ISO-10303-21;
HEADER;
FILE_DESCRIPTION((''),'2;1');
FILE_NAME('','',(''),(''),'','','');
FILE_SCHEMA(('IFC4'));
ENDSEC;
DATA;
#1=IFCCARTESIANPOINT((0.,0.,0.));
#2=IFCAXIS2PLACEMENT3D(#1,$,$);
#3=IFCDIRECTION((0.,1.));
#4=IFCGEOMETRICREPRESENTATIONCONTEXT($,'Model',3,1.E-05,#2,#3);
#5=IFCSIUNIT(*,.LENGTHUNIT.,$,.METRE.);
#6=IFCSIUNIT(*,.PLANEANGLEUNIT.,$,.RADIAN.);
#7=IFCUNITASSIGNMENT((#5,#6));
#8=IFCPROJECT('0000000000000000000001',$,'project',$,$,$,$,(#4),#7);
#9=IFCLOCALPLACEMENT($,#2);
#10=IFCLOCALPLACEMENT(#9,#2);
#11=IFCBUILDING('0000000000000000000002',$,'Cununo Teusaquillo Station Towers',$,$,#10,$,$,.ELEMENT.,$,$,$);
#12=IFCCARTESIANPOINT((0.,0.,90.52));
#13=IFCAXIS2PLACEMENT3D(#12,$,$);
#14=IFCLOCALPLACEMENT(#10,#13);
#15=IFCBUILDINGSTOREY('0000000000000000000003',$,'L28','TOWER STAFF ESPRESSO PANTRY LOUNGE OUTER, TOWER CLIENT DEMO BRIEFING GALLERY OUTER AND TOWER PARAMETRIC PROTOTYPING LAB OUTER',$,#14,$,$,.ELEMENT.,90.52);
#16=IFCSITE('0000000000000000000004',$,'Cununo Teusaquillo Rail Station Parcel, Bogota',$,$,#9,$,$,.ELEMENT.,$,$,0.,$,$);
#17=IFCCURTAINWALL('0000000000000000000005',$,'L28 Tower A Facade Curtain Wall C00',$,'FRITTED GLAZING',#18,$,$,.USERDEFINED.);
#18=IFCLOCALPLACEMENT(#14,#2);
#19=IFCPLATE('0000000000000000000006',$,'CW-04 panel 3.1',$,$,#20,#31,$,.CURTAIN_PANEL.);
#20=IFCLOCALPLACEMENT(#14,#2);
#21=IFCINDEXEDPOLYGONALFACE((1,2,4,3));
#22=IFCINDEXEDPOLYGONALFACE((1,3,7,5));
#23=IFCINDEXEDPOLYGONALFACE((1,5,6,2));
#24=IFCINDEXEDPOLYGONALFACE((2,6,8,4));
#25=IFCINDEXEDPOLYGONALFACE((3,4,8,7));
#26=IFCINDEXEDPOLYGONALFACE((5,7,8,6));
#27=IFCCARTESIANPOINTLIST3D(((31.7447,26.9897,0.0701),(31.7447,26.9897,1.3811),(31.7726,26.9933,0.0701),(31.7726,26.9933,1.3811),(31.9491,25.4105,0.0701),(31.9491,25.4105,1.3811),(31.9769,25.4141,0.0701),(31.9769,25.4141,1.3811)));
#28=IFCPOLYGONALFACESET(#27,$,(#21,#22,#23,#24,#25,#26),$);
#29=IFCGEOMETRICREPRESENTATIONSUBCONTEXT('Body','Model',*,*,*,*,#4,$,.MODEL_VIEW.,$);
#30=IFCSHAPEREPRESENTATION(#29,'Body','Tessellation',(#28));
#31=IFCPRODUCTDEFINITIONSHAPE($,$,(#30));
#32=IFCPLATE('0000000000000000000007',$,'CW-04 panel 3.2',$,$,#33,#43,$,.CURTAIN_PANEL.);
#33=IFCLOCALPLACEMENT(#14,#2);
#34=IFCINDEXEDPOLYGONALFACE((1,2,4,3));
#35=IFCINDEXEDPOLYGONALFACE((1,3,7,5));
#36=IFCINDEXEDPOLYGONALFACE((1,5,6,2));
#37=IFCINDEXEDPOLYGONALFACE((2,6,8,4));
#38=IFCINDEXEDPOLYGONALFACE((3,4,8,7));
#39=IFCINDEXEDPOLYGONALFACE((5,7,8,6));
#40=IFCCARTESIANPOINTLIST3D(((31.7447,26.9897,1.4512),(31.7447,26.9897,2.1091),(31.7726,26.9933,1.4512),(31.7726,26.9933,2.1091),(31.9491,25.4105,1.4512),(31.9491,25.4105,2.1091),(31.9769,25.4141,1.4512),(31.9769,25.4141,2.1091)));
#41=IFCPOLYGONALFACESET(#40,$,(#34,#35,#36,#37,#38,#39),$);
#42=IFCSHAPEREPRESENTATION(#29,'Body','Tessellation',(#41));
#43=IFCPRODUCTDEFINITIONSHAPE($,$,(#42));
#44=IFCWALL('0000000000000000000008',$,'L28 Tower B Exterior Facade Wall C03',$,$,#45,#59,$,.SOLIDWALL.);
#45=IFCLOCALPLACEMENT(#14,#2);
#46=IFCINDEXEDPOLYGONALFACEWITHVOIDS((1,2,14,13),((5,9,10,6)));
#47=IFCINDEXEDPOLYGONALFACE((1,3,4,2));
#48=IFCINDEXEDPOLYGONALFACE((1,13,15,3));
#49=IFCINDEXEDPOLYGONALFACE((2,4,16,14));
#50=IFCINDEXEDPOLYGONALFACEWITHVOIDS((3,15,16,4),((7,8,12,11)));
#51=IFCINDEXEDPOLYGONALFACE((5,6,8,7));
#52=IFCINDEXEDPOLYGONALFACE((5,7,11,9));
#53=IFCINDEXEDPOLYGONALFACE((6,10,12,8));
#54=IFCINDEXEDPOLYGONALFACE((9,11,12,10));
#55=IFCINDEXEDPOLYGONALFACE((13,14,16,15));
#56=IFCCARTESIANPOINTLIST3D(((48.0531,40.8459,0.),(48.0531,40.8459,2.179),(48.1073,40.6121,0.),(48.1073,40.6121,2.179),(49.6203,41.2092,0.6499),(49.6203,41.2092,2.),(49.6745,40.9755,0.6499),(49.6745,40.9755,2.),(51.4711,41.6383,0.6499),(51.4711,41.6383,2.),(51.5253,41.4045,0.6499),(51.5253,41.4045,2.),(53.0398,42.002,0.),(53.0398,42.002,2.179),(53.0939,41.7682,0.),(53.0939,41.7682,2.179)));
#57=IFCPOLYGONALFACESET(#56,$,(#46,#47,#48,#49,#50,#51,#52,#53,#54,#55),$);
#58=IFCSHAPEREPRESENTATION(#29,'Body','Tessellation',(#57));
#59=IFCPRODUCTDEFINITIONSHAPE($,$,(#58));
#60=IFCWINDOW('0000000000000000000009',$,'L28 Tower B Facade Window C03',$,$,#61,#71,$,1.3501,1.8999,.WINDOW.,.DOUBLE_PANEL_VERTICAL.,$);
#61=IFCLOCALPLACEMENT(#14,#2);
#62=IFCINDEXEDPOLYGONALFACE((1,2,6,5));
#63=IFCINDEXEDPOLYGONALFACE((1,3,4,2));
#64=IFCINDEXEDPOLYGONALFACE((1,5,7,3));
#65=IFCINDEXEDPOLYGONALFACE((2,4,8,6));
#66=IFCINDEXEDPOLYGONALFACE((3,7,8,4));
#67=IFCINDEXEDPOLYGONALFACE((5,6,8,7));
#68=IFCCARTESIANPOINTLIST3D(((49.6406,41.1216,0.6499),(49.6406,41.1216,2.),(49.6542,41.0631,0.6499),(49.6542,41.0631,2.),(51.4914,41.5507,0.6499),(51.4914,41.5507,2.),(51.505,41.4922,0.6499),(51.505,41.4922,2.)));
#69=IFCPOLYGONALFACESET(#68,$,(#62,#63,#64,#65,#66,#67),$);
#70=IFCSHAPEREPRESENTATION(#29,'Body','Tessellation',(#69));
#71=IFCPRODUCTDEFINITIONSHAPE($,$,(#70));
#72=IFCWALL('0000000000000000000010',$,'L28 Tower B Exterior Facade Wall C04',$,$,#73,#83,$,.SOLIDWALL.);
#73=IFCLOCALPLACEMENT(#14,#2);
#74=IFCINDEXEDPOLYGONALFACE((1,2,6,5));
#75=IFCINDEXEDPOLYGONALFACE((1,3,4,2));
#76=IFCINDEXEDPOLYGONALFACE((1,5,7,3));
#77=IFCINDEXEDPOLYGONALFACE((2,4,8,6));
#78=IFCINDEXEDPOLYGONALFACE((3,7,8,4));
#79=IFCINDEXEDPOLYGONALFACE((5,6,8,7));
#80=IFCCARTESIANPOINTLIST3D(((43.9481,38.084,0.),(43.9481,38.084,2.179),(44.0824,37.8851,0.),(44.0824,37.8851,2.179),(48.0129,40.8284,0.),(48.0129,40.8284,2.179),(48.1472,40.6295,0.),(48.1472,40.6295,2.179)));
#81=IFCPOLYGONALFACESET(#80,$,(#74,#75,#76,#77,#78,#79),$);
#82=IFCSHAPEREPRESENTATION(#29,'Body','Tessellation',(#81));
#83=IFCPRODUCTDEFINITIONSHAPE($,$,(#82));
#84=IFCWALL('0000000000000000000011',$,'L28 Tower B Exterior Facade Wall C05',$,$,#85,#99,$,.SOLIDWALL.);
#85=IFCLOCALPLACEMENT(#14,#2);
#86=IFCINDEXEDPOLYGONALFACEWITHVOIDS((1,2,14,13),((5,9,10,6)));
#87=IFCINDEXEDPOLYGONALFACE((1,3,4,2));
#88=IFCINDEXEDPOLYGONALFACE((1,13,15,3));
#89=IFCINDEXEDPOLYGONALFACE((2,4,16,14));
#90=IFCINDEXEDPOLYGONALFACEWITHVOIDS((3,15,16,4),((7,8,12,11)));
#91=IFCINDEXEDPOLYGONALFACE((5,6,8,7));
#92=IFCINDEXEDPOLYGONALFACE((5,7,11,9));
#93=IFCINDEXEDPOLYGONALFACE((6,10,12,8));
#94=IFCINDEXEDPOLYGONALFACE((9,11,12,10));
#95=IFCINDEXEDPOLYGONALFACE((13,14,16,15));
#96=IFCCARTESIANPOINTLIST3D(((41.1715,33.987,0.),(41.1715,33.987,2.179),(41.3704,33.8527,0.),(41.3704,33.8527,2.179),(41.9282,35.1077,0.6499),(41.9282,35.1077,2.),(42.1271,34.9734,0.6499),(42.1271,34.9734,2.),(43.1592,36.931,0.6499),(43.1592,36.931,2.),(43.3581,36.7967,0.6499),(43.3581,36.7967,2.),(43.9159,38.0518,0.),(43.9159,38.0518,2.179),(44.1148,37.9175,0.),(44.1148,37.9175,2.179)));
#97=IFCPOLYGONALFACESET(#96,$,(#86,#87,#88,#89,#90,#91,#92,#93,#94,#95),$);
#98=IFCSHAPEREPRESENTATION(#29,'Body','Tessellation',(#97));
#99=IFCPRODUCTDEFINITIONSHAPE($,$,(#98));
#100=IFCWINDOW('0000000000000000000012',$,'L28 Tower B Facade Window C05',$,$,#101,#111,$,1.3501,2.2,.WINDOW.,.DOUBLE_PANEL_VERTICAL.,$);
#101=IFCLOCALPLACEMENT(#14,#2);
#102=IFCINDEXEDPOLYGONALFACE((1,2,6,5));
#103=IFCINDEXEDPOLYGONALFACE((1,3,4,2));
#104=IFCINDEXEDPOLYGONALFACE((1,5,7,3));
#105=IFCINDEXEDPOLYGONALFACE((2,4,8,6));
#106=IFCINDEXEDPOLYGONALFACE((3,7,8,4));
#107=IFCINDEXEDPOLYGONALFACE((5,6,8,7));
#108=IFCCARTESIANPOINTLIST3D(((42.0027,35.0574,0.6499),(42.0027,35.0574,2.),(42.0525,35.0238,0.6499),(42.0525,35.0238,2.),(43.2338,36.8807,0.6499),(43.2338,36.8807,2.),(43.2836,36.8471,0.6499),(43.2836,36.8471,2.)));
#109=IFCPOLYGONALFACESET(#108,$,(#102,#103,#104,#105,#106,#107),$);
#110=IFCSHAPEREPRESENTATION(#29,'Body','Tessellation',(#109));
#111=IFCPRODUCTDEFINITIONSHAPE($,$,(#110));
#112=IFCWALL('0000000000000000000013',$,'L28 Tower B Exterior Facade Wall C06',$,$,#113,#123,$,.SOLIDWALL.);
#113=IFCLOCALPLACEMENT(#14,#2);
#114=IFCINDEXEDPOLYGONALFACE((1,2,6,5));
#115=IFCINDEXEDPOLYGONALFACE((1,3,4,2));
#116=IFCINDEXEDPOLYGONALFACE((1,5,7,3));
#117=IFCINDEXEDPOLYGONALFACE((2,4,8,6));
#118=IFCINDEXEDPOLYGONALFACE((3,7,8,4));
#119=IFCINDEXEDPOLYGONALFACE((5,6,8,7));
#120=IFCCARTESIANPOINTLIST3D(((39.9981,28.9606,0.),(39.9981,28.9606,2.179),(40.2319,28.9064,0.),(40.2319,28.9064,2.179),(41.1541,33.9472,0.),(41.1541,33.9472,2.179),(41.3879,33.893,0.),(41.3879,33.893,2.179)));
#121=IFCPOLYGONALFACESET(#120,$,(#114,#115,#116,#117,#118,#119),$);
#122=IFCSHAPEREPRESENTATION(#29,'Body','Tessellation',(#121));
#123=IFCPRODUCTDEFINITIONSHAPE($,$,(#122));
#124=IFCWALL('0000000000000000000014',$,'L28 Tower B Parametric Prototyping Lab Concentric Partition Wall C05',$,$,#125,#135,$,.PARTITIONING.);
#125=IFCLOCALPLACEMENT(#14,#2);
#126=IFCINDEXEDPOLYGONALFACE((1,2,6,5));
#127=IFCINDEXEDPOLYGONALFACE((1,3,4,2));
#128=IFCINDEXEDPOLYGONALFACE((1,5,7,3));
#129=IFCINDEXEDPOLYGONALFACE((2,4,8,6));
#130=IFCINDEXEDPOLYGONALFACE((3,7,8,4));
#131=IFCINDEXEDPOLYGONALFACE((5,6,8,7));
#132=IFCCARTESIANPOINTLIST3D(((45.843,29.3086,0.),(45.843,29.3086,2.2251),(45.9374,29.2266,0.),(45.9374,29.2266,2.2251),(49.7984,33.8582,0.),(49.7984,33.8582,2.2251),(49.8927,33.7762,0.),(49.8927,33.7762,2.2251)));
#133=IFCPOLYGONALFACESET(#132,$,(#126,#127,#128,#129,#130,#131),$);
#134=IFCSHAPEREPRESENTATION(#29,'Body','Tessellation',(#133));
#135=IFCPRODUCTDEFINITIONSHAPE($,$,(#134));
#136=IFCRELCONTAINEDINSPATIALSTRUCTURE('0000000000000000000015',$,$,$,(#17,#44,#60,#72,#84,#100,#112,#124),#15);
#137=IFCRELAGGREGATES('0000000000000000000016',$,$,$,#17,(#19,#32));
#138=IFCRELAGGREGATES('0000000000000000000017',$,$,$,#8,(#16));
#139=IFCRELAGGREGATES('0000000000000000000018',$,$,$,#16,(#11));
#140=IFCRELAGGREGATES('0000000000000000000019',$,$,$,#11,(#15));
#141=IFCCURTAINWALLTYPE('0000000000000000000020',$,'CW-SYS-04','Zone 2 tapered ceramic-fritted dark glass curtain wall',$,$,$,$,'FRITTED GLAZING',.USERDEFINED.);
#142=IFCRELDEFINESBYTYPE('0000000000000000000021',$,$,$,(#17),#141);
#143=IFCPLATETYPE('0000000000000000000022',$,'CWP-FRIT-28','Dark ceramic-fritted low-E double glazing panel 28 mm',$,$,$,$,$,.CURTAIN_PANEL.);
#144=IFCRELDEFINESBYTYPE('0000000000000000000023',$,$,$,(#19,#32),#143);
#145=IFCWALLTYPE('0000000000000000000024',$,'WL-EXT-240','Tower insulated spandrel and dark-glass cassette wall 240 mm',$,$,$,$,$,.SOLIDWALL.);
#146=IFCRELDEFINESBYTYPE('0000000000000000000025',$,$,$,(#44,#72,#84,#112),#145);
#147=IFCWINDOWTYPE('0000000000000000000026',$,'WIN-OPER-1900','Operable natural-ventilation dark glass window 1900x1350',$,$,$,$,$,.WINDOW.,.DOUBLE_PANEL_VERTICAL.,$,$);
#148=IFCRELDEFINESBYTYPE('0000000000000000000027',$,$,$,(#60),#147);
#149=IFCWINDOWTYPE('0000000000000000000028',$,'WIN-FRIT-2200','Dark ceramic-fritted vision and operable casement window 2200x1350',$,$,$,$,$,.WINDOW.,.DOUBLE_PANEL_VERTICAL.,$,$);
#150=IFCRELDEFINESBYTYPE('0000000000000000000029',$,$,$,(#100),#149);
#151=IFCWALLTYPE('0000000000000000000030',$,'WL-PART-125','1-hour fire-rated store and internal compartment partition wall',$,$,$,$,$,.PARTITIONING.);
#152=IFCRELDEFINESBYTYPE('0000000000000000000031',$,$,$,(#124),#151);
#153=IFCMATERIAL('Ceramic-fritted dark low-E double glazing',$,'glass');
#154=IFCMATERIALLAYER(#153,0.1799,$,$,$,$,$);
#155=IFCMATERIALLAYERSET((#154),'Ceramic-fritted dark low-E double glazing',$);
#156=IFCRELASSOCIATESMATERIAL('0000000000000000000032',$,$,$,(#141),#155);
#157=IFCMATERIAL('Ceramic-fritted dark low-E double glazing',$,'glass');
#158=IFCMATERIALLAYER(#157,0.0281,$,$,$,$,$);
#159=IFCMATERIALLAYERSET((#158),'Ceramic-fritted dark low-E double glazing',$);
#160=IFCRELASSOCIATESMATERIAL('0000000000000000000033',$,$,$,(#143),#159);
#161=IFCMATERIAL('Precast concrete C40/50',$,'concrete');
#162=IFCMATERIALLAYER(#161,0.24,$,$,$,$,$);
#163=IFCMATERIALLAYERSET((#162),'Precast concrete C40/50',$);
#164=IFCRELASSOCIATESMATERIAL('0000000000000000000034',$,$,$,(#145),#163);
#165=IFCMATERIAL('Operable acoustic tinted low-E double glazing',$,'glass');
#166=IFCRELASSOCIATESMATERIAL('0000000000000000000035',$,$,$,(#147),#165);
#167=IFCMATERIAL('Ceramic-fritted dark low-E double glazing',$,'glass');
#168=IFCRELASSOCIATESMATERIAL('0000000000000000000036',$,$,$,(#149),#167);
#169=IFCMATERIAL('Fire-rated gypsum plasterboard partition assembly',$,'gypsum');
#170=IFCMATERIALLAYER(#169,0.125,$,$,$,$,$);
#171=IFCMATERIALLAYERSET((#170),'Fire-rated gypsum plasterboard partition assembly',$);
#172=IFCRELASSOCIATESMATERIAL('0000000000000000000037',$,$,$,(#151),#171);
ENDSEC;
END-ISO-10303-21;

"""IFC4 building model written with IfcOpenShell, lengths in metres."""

from ifc_helpers import new_model, si_unit, direction, frame, frame_2d, origin, origin_2d, place, context, subcontext, project, spatial, rectangle, extrude, source, transform, mapped, material, layer, layer_set, type_object, element, fill, aggregate, save


model = new_model("IFC4")

# Units and contexts
model_context = context("Model", 3, precision=1e-05, world=origin(), true_north=direction((0.0, 1.0)))
body_context = subcontext(model_context, "Body", "Model", "MODEL_VIEW")
ifc_project = project(units=[si_unit("LENGTHUNIT", "METRE"), si_unit("PLANEANGLEUNIT", "RADIAN")], contexts=[model_context])

# Site, building, storey
site_placement = place(None, origin())
site = spatial("IfcSite", under=ifc_project, at=site_placement, Name="Cununo Teusaquillo Rail Station Parcel, Bogota", CompositionType="ELEMENT", RefElevation=0.0)
building_placement = place(site_placement, origin())
building = spatial("IfcBuilding", under=site, at=building_placement, Name="Cununo Teusaquillo Station Towers", CompositionType="ELEMENT")
storey_placement = place(building_placement, frame((0.0, 0.0, 90.52)))
storey = spatial("IfcBuildingStorey", under=building, at=storey_placement, Name="L28", Description="TOWER STAFF ESPRESSO PANTRY LOUNGE OUTER, TOWER CLIENT DEMO BRIEFING GALLERY OUTER AND TOWER PARAMETRIC PROTOTYPING LAB OUTER", CompositionType="ELEMENT", Elevation=90.52)

# Curtain wall, plates
ifc_material_1 = material(Name="Ceramic-fritted dark low-E double glazing", Category="glass")
ifc_layer_1 = layer(ifc_material_1, 0.1799)
ifc_layer_set_1 = layer_set([ifc_layer_1], Name="Ceramic-fritted dark low-E double glazing")
curtain_wall_type = type_object("IfcCurtainWallType", Name="CW-SYS-04", Description="Zone 2 tapered ceramic-fritted dark glass curtain wall", ElementType="FRITTED GLAZING", PredefinedType="USERDEFINED", material=ifc_layer_set_1)
curtain_wall_placement = place(storey_placement, origin())
curtain_wall = element("IfcCurtainWall", 1, at=curtain_wall_placement, inside=storey, type_object=curtain_wall_type, Name="L28 Tower A Facade Curtain Wall C00", ObjectType="FRITTED GLAZING", PredefinedType="USERDEFINED")
ifc_material_2 = material(Name="Ceramic-fritted dark low-E double glazing", Category="glass")
ifc_layer_2 = layer(ifc_material_2, 0.0281)
ifc_layer_set_2 = layer_set([ifc_layer_2], Name="Ceramic-fritted dark low-E double glazing")
plate_type = type_object("IfcPlateType", Name="CWP-FRIT-28", Description="Dark ceramic-fritted low-E double glazing panel 28 mm", PredefinedType="CURTAIN_PANEL", material=ifc_layer_set_2)
shared_shape_1 = source(origin(), body_context, "Body", "SweptSolid", [
    extrude(rectangle(XDim=1.5923, YDim=0.0281, at=origin_2d()), origin(), (0.0, 0.0, 1.0), 1.311),
])
plate_1_placement = place(storey_placement, frame((31.8608, 26.2019, 0.0701), z_axis=(0.0, 0.0, 1.0), x_axis=(0.128336, -0.991731, 0.0)))
plate_1 = element("IfcPlate", 2, at=plate_1_placement, type_object=plate_type, Name="CW-04 panel 3.1", PredefinedType="CURTAIN_PANEL", context=body_context, shape_type="MappedRepresentation", body=[
    mapped(shared_shape_1, transform((0.0, 0.0, 0.0), x_axis=(1.0, 0.0, 0.0), y_axis=(0.0, 1.0, 0.0), z_axis=(0.0, 0.0, 1.0), scale=1.0)),
])
shared_shape_2 = source(origin(), body_context, "Body", "SweptSolid", [
    extrude(rectangle(XDim=1.5923, YDim=0.0281, at=origin_2d()), origin(), (0.0, 0.0, 1.0), 0.658),
])
plate_2_placement = place(storey_placement, frame((31.8608, 26.2019, 1.4512), z_axis=(0.0, 0.0, 1.0), x_axis=(0.128336, -0.991731, 0.0)))
plate_2 = element("IfcPlate", 3, at=plate_2_placement, type_object=plate_type, Name="CW-04 panel 3.2", PredefinedType="CURTAIN_PANEL", context=body_context, shape_type="MappedRepresentation", body=[
    mapped(shared_shape_2, transform((0.0, 0.0, 0.0), x_axis=(1.0, 0.0, 0.0), y_axis=(0.0, 1.0, 0.0), z_axis=(0.0, 0.0, 1.0), scale=1.0)),
])
aggregate(curtain_wall, [plate_1, plate_2])

# Wall, opening, window
ifc_material_3 = material(Name="Precast concrete C40/50", Category="concrete")
ifc_layer_3 = layer(ifc_material_3, 0.24)
ifc_layer_set_3 = layer_set([ifc_layer_3], Name="Precast concrete C40/50")
wall_type_1 = type_object("IfcWallType", Name="WL-EXT-240", Description="Tower insulated spandrel and dark-glass cassette wall 240 mm", PredefinedType="SOLIDWALL", material=ifc_layer_set_3)
wall_1_placement = place(storey_placement, frame((48.0801, 40.729, 0.0), z_axis=(0.0, 0.0, 1.0), x_axis=(0.974166, 0.225835, 0.0)))
wall_1 = element("IfcWall", 4, at=wall_1_placement, inside=storey, type_object=wall_type_1, Name="L28 Tower B Exterior Facade Wall C03", PredefinedType="SOLIDWALL", context=body_context, shape_type="SweptSolid", body=[
    extrude(rectangle(XDim=5.1189, YDim=0.24, at=frame_2d((2.5596, 0.0))), origin(), (0.0, 0.0, 1.0), 2.179),
])
shared_shape_3 = source(origin(), body_context, "Body", "SweptSolid", [
    extrude(rectangle(XDim=1.8999, YDim=1.3501, at=frame_2d((0.95, 0.675))), frame((0.0, 0.1299, 0.0), z_axis=(0.0, -1.0, 0.0), x_axis=(1.0, 0.0, 0.0)), (0.0, 0.0, 1.0), 0.26),
])
opening_1_placement = place(wall_1_placement, frame((1.6089, 0.0, 0.6499)))
opening_1 = element("IfcOpeningElement", 5, at=opening_1_placement, cuts=wall_1, PredefinedType="OPENING", context=body_context, shape_type="MappedRepresentation", body=[
    mapped(shared_shape_3, transform((0.0, 0.0, 0.0), x_axis=(1.0, 0.0, 0.0), y_axis=(0.0, 1.0, 0.0), z_axis=(0.0, 0.0, 1.0), scale=1.0)),
])
ifc_material_4 = material(Name="Operable acoustic tinted low-E double glazing", Category="glass")
window_type_1 = type_object("IfcWindowType", Name="WIN-OPER-1900", Description="Operable natural-ventilation dark glass window 1900x1350", PartitioningType="DOUBLE_PANEL_VERTICAL", PredefinedType="WINDOW", material=ifc_material_4)
shared_shape_4 = source(origin(), body_context, "Body", "SweptSolid", [
    extrude(rectangle(XDim=1.8999, YDim=1.3501, at=frame_2d((0.95, 0.675))), frame((0.0, 0.03, 0.0), z_axis=(0.0, -1.0, 0.0), x_axis=(1.0, 0.0, 0.0)), (0.0, 0.0, 1.0), 0.0601),
])
window_1_placement = place(opening_1_placement, origin())
window_1 = element("IfcWindow", 6, at=window_1_placement, inside=storey, type_object=window_type_1, Name="L28 Tower B Facade Window C03", OverallHeight=1.3501, OverallWidth=1.8999, PartitioningType="DOUBLE_PANEL_VERTICAL", PredefinedType="WINDOW", context=body_context, shape_type="MappedRepresentation", body=[
    mapped(shared_shape_4, transform((0.0, 0.0, 0.0), x_axis=(1.0, 0.0, 0.0), y_axis=(0.0, 1.0, 0.0), z_axis=(0.0, 0.0, 1.0), scale=1.0)),
])
fill(opening_1, window_1)

# Wall
wall_2_placement = place(storey_placement, frame((44.0154, 37.9846, 0.0), z_axis=(0.0, 0.0, 1.0), x_axis=(0.828781, 0.559573, 0.0)))
element("IfcWall", 7, at=wall_2_placement, inside=storey, type_object=wall_type_1, Name="L28 Tower B Exterior Facade Wall C04", PredefinedType="SOLIDWALL", context=body_context, shape_type="SweptSolid", body=[
    extrude(rectangle(XDim=4.9045, YDim=0.24, at=frame_2d((2.4521, 0.0))), origin(), (0.0, 0.0, 1.0), 2.179),
])

# Wall, opening, window
wall_3_placement = place(storey_placement, frame((41.271, 33.9199, 0.0), z_axis=(0.0, 0.0, 1.0), x_axis=(0.559573, 0.828781, 0.0)))
wall_3 = element("IfcWall", 8, at=wall_3_placement, inside=storey, type_object=wall_type_1, Name="L28 Tower B Exterior Facade Wall C05", PredefinedType="SOLIDWALL", context=body_context, shape_type="SweptSolid", body=[
    extrude(rectangle(XDim=4.9045, YDim=0.24, at=frame_2d((2.4521, 0.0))), origin(), (0.0, 0.0, 1.0), 2.179),
])
shared_shape_5 = source(origin(), body_context, "Body", "SweptSolid", [
    extrude(rectangle(XDim=2.2, YDim=1.3501, at=frame_2d((1.1001, 0.675))), frame((0.0, 0.1299, 0.0), z_axis=(0.0, -1.0, 0.0), x_axis=(1.0, 0.0, 0.0)), (0.0, 0.0, 1.0), 0.26),
])
opening_2_placement = place(wall_3_placement, frame((1.3521, 0.0, 0.6499)))
opening_2 = element("IfcOpeningElement", 9, at=opening_2_placement, cuts=wall_3, PredefinedType="OPENING", context=body_context, shape_type="MappedRepresentation", body=[
    mapped(shared_shape_5, transform((0.0, 0.0, 0.0), x_axis=(1.0, 0.0, 0.0), y_axis=(0.0, 1.0, 0.0), z_axis=(0.0, 0.0, 1.0), scale=1.0)),
])
ifc_material_5 = material(Name="Ceramic-fritted dark low-E double glazing", Category="glass")
window_type_2 = type_object("IfcWindowType", Name="WIN-FRIT-2200", Description="Dark ceramic-fritted vision and operable casement window 2200x1350", PartitioningType="DOUBLE_PANEL_VERTICAL", PredefinedType="WINDOW", material=ifc_material_5)
shared_shape_6 = source(origin(), body_context, "Body", "SweptSolid", [
    extrude(rectangle(XDim=2.2, YDim=1.3501, at=frame_2d((1.1001, 0.675))), frame((0.0, 0.03, 0.0), z_axis=(0.0, -1.0, 0.0), x_axis=(1.0, 0.0, 0.0)), (0.0, 0.0, 1.0), 0.0601),
])
window_2_placement = place(opening_2_placement, origin())
window_2 = element("IfcWindow", 10, at=window_2_placement, inside=storey, type_object=window_type_2, Name="L28 Tower B Facade Window C05", OverallHeight=1.3501, OverallWidth=2.2, PartitioningType="DOUBLE_PANEL_VERTICAL", PredefinedType="WINDOW", context=body_context, shape_type="MappedRepresentation", body=[
    mapped(shared_shape_6, transform((0.0, 0.0, 0.0), x_axis=(1.0, 0.0, 0.0), y_axis=(0.0, 1.0, 0.0), z_axis=(0.0, 0.0, 1.0), scale=1.0)),
])
fill(opening_2, window_2)

# Walls
wall_4_placement = place(storey_placement, frame((40.115, 28.9333, 0.0), z_axis=(0.0, 0.0, 1.0), x_axis=(0.225835, 0.974166, 0.0)))
element("IfcWall", 11, at=wall_4_placement, inside=storey, type_object=wall_type_1, Name="L28 Tower B Exterior Facade Wall C06", PredefinedType="SOLIDWALL", context=body_context, shape_type="SweptSolid", body=[
    extrude(rectangle(XDim=5.1189, YDim=0.24, at=frame_2d((2.5596, 0.0))), origin(), (0.0, 0.0, 1.0), 2.179),
])
ifc_material_6 = material(Name="Fire-rated gypsum plasterboard partition assembly", Category="gypsum")
ifc_layer_4 = layer(ifc_material_6, 0.125)
ifc_layer_set_4 = layer_set([ifc_layer_4], Name="Fire-rated gypsum plasterboard partition assembly")
wall_type_2 = type_object("IfcWallType", Name="WL-PART-125", Description="1-hour fire-rated store and internal compartment partition wall", PredefinedType="PARTITIONING", material=ifc_layer_set_4)
wall_5_placement = place(storey_placement, frame((49.8455, 33.8171, 0.0), z_axis=(0.0, 0.0, 1.0), x_axis=(-0.656102, -0.754673, 0.0)))
element("IfcWall", 12, at=wall_5_placement, inside=storey, type_object=wall_type_2, Name="L28 Tower B Parametric Prototyping Lab Concentric Partition Wall C05", PredefinedType="PARTITIONING", context=body_context, shape_type="SweptSolid", body=[
    extrude(rectangle(XDim=6.0286, YDim=0.125, at=frame_2d((3.0142, 0.0))), origin(), (0.0, 0.0, 1.0), 2.2251),
])

save(model, "model.ifc")
